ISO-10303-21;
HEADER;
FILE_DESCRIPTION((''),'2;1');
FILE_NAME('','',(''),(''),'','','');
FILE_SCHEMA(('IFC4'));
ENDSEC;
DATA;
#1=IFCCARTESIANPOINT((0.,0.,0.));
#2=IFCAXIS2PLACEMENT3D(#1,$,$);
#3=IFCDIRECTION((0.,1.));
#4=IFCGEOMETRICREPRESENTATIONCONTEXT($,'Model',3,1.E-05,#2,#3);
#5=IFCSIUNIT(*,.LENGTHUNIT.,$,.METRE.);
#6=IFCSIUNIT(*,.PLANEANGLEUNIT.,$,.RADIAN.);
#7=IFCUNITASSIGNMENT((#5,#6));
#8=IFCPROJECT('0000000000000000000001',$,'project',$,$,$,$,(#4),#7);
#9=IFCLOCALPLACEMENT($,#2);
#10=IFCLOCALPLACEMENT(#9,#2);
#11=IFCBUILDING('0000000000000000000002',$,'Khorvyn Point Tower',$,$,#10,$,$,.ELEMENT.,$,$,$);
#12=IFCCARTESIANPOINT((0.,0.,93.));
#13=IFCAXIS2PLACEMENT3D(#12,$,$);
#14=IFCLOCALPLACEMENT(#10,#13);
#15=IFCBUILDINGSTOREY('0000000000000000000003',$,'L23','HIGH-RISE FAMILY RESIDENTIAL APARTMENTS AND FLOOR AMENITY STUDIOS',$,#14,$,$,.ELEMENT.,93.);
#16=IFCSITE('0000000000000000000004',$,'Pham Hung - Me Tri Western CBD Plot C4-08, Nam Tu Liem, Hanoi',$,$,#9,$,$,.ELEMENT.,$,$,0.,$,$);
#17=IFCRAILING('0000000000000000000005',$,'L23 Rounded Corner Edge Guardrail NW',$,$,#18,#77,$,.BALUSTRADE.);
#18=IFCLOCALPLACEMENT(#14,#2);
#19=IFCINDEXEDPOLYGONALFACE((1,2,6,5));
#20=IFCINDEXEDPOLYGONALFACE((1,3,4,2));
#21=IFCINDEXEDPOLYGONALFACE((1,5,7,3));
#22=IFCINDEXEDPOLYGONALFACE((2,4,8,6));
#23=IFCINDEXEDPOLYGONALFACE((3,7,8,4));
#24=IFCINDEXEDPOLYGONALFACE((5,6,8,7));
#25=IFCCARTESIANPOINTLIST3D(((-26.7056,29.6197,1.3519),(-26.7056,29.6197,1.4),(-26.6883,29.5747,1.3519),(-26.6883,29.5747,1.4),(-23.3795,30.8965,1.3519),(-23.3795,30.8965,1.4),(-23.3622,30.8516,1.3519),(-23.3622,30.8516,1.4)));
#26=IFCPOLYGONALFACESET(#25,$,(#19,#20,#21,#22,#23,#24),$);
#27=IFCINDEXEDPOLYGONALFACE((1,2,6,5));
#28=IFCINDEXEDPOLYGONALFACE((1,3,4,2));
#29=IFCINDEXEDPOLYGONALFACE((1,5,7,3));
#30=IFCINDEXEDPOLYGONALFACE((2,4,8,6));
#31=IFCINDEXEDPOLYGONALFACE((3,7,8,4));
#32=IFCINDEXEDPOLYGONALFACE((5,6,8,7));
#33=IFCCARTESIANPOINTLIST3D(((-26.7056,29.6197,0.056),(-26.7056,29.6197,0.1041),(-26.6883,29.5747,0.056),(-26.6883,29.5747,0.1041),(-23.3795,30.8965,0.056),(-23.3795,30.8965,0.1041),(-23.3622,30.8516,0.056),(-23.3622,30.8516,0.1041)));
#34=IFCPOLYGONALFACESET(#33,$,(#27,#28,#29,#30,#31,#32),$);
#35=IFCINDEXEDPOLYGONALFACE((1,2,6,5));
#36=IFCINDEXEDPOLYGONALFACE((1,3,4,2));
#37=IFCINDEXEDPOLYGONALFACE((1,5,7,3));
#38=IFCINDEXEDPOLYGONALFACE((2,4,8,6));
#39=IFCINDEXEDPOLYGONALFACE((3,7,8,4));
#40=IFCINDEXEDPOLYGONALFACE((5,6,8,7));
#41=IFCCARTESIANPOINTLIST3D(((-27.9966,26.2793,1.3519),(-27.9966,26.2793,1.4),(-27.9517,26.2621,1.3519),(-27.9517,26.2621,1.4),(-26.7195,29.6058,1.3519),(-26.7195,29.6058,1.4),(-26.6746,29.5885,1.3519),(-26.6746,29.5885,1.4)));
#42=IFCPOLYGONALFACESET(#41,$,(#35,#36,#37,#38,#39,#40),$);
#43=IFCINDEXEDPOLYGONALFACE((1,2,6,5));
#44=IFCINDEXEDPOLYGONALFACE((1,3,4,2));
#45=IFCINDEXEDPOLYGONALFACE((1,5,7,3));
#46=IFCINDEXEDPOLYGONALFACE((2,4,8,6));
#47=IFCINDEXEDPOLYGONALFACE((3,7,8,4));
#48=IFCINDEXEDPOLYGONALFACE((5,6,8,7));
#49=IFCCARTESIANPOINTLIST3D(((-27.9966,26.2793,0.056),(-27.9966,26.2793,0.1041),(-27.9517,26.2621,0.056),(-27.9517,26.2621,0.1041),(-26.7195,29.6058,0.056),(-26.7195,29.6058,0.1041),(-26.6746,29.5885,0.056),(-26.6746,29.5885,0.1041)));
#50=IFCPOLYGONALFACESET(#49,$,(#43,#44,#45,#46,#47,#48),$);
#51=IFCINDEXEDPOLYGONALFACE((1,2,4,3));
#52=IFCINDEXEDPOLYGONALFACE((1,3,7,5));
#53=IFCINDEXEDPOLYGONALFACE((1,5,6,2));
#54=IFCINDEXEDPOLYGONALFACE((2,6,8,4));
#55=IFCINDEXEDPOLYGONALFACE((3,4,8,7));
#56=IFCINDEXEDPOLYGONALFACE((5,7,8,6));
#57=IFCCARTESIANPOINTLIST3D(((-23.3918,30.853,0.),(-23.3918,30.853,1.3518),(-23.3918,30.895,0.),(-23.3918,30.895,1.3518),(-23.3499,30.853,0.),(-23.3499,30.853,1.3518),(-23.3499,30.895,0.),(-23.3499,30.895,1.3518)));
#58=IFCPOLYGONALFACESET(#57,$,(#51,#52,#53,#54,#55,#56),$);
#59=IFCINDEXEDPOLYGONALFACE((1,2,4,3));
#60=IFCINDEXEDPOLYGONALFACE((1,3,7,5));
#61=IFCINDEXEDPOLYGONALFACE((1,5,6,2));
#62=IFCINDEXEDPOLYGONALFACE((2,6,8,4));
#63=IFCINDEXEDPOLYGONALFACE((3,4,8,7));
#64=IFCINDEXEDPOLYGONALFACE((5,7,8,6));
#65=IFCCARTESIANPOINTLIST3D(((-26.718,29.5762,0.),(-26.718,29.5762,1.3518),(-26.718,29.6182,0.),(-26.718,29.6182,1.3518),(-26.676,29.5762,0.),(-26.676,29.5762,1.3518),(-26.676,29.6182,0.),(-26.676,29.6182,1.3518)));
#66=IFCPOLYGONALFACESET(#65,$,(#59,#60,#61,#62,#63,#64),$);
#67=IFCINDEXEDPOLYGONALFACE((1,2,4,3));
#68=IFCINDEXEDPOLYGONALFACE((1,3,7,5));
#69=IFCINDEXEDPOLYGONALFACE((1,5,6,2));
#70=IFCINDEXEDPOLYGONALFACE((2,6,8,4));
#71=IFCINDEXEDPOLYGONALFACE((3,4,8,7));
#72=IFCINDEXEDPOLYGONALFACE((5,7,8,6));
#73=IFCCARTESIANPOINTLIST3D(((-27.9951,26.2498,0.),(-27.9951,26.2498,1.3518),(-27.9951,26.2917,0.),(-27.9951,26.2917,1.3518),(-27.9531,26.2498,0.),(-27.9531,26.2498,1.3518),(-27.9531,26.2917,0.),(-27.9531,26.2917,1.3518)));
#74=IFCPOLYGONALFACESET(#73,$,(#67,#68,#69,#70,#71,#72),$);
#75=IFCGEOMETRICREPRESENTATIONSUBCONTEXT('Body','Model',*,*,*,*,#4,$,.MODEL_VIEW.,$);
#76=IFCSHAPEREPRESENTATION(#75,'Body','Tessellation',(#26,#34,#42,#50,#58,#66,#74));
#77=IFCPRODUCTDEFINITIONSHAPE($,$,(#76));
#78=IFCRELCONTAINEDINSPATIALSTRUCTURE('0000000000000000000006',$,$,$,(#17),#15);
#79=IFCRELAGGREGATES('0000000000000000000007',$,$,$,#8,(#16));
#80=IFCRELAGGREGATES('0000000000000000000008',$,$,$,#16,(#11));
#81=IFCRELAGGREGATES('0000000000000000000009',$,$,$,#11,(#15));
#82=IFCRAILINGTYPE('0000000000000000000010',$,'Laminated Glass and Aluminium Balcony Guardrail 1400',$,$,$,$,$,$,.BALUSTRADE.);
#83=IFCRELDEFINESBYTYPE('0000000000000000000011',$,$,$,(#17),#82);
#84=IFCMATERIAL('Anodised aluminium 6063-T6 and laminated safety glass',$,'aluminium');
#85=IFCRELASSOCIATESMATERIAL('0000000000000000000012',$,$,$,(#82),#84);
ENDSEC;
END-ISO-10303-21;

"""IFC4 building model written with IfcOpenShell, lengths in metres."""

from ifc_helpers import new_model, si_unit, direction, frame, origin, origin_2d, place, context, subcontext, project, spatial, rectangle, extrude, material, type_object, element, save


model = new_model("IFC4")

# Units and contexts
model_context = context("Model", 3, precision=1e-05, world=origin(), true_north=direction((0.0, 1.0)))
body_context = subcontext(model_context, "Body", "Model", "MODEL_VIEW")
ifc_project = project(units=[si_unit("LENGTHUNIT", "METRE"), si_unit("PLANEANGLEUNIT", "RADIAN")], contexts=[model_context])

# Site, building, storey
site_placement = place(None, origin())
site = spatial("IfcSite", under=ifc_project, at=site_placement, Name="Pham Hung - Me Tri Western CBD Plot C4-08, Nam Tu Liem, Hanoi", CompositionType="ELEMENT", RefElevation=0.0)
building_placement = place(site_placement, origin())
building = spatial("IfcBuilding", under=site, at=building_placement, Name="Khorvyn Point Tower", CompositionType="ELEMENT")
storey_placement = place(building_placement, frame((0.0, 0.0, 93.0)))
storey = spatial("IfcBuildingStorey", under=building, at=storey_placement, Name="L23", Description="HIGH-RISE FAMILY RESIDENTIAL APARTMENTS AND FLOOR AMENITY STUDIOS", CompositionType="ELEMENT", Elevation=93.0)

# Railing
ifc_material_1 = material(Name="Anodised aluminium 6063-T6 and laminated safety glass", Category="aluminium")
railing_type = type_object("IfcRailingType", Name="Laminated Glass and Aluminium Balcony Guardrail 1400", PredefinedType="BALUSTRADE", material=ifc_material_1)
railing_1_placement = place(storey_placement, frame((-23.3708, 30.874, 0.0)))
element("IfcRailing", 1, at=railing_1_placement, inside=storey, type_object=railing_type, Name="L23 Rounded Corner Edge Guardrail NW", PredefinedType="BALUSTRADE", context=body_context, shape_type="SweptSolid", body=[
    extrude(rectangle(XDim=0.0481, YDim=0.0481, at=origin_2d()), frame((0.0, 0.0, 1.376), z_axis=(-0.933575, -0.358382, 0.0), x_axis=(0.358382, -0.933575, 0.0)), (0.0, 0.0, 1.0), 3.5627),
    extrude(rectangle(XDim=0.0481, YDim=0.0481, at=origin_2d()), frame((0.0, 0.0, 0.0801), z_axis=(-0.933575, -0.358382, 0.0), x_axis=(0.358382, -0.933575, 0.0)), (0.0, 0.0, 1.0), 3.5627),
    extrude(rectangle(XDim=0.0481, YDim=0.0481, at=origin_2d()), frame((-3.3262, -1.2769, 1.376), z_axis=(-0.358419, -0.933561, 0.0), x_axis=(0.933561, -0.358419, 0.0)), (0.0, 0.0, 1.0), 3.5632),
    extrude(rectangle(XDim=0.0481, YDim=0.0481, at=origin_2d()), frame((-3.3262, -1.2769, 0.0801), z_axis=(-0.358419, -0.933561, 0.0), x_axis=(0.933561, -0.358419, 0.0)), (0.0, 0.0, 1.0), 3.5632),
    extrude(rectangle(XDim=0.042, YDim=0.042, at=origin_2d()), origin(), (0.0, 0.0, 1.0), 1.3518),
    extrude(rectangle(XDim=0.042, YDim=0.042, at=origin_2d()), frame((-3.3262, -1.2769, 0.0)), (0.0, 0.0, 1.0), 1.3518),
    extrude(rectangle(XDim=0.042, YDim=0.042, at=origin_2d()), frame((-4.6033, -4.6033, 0.0)), (0.0, 0.0, 1.0), 1.3518),
])

save(model, "model.ifc")
